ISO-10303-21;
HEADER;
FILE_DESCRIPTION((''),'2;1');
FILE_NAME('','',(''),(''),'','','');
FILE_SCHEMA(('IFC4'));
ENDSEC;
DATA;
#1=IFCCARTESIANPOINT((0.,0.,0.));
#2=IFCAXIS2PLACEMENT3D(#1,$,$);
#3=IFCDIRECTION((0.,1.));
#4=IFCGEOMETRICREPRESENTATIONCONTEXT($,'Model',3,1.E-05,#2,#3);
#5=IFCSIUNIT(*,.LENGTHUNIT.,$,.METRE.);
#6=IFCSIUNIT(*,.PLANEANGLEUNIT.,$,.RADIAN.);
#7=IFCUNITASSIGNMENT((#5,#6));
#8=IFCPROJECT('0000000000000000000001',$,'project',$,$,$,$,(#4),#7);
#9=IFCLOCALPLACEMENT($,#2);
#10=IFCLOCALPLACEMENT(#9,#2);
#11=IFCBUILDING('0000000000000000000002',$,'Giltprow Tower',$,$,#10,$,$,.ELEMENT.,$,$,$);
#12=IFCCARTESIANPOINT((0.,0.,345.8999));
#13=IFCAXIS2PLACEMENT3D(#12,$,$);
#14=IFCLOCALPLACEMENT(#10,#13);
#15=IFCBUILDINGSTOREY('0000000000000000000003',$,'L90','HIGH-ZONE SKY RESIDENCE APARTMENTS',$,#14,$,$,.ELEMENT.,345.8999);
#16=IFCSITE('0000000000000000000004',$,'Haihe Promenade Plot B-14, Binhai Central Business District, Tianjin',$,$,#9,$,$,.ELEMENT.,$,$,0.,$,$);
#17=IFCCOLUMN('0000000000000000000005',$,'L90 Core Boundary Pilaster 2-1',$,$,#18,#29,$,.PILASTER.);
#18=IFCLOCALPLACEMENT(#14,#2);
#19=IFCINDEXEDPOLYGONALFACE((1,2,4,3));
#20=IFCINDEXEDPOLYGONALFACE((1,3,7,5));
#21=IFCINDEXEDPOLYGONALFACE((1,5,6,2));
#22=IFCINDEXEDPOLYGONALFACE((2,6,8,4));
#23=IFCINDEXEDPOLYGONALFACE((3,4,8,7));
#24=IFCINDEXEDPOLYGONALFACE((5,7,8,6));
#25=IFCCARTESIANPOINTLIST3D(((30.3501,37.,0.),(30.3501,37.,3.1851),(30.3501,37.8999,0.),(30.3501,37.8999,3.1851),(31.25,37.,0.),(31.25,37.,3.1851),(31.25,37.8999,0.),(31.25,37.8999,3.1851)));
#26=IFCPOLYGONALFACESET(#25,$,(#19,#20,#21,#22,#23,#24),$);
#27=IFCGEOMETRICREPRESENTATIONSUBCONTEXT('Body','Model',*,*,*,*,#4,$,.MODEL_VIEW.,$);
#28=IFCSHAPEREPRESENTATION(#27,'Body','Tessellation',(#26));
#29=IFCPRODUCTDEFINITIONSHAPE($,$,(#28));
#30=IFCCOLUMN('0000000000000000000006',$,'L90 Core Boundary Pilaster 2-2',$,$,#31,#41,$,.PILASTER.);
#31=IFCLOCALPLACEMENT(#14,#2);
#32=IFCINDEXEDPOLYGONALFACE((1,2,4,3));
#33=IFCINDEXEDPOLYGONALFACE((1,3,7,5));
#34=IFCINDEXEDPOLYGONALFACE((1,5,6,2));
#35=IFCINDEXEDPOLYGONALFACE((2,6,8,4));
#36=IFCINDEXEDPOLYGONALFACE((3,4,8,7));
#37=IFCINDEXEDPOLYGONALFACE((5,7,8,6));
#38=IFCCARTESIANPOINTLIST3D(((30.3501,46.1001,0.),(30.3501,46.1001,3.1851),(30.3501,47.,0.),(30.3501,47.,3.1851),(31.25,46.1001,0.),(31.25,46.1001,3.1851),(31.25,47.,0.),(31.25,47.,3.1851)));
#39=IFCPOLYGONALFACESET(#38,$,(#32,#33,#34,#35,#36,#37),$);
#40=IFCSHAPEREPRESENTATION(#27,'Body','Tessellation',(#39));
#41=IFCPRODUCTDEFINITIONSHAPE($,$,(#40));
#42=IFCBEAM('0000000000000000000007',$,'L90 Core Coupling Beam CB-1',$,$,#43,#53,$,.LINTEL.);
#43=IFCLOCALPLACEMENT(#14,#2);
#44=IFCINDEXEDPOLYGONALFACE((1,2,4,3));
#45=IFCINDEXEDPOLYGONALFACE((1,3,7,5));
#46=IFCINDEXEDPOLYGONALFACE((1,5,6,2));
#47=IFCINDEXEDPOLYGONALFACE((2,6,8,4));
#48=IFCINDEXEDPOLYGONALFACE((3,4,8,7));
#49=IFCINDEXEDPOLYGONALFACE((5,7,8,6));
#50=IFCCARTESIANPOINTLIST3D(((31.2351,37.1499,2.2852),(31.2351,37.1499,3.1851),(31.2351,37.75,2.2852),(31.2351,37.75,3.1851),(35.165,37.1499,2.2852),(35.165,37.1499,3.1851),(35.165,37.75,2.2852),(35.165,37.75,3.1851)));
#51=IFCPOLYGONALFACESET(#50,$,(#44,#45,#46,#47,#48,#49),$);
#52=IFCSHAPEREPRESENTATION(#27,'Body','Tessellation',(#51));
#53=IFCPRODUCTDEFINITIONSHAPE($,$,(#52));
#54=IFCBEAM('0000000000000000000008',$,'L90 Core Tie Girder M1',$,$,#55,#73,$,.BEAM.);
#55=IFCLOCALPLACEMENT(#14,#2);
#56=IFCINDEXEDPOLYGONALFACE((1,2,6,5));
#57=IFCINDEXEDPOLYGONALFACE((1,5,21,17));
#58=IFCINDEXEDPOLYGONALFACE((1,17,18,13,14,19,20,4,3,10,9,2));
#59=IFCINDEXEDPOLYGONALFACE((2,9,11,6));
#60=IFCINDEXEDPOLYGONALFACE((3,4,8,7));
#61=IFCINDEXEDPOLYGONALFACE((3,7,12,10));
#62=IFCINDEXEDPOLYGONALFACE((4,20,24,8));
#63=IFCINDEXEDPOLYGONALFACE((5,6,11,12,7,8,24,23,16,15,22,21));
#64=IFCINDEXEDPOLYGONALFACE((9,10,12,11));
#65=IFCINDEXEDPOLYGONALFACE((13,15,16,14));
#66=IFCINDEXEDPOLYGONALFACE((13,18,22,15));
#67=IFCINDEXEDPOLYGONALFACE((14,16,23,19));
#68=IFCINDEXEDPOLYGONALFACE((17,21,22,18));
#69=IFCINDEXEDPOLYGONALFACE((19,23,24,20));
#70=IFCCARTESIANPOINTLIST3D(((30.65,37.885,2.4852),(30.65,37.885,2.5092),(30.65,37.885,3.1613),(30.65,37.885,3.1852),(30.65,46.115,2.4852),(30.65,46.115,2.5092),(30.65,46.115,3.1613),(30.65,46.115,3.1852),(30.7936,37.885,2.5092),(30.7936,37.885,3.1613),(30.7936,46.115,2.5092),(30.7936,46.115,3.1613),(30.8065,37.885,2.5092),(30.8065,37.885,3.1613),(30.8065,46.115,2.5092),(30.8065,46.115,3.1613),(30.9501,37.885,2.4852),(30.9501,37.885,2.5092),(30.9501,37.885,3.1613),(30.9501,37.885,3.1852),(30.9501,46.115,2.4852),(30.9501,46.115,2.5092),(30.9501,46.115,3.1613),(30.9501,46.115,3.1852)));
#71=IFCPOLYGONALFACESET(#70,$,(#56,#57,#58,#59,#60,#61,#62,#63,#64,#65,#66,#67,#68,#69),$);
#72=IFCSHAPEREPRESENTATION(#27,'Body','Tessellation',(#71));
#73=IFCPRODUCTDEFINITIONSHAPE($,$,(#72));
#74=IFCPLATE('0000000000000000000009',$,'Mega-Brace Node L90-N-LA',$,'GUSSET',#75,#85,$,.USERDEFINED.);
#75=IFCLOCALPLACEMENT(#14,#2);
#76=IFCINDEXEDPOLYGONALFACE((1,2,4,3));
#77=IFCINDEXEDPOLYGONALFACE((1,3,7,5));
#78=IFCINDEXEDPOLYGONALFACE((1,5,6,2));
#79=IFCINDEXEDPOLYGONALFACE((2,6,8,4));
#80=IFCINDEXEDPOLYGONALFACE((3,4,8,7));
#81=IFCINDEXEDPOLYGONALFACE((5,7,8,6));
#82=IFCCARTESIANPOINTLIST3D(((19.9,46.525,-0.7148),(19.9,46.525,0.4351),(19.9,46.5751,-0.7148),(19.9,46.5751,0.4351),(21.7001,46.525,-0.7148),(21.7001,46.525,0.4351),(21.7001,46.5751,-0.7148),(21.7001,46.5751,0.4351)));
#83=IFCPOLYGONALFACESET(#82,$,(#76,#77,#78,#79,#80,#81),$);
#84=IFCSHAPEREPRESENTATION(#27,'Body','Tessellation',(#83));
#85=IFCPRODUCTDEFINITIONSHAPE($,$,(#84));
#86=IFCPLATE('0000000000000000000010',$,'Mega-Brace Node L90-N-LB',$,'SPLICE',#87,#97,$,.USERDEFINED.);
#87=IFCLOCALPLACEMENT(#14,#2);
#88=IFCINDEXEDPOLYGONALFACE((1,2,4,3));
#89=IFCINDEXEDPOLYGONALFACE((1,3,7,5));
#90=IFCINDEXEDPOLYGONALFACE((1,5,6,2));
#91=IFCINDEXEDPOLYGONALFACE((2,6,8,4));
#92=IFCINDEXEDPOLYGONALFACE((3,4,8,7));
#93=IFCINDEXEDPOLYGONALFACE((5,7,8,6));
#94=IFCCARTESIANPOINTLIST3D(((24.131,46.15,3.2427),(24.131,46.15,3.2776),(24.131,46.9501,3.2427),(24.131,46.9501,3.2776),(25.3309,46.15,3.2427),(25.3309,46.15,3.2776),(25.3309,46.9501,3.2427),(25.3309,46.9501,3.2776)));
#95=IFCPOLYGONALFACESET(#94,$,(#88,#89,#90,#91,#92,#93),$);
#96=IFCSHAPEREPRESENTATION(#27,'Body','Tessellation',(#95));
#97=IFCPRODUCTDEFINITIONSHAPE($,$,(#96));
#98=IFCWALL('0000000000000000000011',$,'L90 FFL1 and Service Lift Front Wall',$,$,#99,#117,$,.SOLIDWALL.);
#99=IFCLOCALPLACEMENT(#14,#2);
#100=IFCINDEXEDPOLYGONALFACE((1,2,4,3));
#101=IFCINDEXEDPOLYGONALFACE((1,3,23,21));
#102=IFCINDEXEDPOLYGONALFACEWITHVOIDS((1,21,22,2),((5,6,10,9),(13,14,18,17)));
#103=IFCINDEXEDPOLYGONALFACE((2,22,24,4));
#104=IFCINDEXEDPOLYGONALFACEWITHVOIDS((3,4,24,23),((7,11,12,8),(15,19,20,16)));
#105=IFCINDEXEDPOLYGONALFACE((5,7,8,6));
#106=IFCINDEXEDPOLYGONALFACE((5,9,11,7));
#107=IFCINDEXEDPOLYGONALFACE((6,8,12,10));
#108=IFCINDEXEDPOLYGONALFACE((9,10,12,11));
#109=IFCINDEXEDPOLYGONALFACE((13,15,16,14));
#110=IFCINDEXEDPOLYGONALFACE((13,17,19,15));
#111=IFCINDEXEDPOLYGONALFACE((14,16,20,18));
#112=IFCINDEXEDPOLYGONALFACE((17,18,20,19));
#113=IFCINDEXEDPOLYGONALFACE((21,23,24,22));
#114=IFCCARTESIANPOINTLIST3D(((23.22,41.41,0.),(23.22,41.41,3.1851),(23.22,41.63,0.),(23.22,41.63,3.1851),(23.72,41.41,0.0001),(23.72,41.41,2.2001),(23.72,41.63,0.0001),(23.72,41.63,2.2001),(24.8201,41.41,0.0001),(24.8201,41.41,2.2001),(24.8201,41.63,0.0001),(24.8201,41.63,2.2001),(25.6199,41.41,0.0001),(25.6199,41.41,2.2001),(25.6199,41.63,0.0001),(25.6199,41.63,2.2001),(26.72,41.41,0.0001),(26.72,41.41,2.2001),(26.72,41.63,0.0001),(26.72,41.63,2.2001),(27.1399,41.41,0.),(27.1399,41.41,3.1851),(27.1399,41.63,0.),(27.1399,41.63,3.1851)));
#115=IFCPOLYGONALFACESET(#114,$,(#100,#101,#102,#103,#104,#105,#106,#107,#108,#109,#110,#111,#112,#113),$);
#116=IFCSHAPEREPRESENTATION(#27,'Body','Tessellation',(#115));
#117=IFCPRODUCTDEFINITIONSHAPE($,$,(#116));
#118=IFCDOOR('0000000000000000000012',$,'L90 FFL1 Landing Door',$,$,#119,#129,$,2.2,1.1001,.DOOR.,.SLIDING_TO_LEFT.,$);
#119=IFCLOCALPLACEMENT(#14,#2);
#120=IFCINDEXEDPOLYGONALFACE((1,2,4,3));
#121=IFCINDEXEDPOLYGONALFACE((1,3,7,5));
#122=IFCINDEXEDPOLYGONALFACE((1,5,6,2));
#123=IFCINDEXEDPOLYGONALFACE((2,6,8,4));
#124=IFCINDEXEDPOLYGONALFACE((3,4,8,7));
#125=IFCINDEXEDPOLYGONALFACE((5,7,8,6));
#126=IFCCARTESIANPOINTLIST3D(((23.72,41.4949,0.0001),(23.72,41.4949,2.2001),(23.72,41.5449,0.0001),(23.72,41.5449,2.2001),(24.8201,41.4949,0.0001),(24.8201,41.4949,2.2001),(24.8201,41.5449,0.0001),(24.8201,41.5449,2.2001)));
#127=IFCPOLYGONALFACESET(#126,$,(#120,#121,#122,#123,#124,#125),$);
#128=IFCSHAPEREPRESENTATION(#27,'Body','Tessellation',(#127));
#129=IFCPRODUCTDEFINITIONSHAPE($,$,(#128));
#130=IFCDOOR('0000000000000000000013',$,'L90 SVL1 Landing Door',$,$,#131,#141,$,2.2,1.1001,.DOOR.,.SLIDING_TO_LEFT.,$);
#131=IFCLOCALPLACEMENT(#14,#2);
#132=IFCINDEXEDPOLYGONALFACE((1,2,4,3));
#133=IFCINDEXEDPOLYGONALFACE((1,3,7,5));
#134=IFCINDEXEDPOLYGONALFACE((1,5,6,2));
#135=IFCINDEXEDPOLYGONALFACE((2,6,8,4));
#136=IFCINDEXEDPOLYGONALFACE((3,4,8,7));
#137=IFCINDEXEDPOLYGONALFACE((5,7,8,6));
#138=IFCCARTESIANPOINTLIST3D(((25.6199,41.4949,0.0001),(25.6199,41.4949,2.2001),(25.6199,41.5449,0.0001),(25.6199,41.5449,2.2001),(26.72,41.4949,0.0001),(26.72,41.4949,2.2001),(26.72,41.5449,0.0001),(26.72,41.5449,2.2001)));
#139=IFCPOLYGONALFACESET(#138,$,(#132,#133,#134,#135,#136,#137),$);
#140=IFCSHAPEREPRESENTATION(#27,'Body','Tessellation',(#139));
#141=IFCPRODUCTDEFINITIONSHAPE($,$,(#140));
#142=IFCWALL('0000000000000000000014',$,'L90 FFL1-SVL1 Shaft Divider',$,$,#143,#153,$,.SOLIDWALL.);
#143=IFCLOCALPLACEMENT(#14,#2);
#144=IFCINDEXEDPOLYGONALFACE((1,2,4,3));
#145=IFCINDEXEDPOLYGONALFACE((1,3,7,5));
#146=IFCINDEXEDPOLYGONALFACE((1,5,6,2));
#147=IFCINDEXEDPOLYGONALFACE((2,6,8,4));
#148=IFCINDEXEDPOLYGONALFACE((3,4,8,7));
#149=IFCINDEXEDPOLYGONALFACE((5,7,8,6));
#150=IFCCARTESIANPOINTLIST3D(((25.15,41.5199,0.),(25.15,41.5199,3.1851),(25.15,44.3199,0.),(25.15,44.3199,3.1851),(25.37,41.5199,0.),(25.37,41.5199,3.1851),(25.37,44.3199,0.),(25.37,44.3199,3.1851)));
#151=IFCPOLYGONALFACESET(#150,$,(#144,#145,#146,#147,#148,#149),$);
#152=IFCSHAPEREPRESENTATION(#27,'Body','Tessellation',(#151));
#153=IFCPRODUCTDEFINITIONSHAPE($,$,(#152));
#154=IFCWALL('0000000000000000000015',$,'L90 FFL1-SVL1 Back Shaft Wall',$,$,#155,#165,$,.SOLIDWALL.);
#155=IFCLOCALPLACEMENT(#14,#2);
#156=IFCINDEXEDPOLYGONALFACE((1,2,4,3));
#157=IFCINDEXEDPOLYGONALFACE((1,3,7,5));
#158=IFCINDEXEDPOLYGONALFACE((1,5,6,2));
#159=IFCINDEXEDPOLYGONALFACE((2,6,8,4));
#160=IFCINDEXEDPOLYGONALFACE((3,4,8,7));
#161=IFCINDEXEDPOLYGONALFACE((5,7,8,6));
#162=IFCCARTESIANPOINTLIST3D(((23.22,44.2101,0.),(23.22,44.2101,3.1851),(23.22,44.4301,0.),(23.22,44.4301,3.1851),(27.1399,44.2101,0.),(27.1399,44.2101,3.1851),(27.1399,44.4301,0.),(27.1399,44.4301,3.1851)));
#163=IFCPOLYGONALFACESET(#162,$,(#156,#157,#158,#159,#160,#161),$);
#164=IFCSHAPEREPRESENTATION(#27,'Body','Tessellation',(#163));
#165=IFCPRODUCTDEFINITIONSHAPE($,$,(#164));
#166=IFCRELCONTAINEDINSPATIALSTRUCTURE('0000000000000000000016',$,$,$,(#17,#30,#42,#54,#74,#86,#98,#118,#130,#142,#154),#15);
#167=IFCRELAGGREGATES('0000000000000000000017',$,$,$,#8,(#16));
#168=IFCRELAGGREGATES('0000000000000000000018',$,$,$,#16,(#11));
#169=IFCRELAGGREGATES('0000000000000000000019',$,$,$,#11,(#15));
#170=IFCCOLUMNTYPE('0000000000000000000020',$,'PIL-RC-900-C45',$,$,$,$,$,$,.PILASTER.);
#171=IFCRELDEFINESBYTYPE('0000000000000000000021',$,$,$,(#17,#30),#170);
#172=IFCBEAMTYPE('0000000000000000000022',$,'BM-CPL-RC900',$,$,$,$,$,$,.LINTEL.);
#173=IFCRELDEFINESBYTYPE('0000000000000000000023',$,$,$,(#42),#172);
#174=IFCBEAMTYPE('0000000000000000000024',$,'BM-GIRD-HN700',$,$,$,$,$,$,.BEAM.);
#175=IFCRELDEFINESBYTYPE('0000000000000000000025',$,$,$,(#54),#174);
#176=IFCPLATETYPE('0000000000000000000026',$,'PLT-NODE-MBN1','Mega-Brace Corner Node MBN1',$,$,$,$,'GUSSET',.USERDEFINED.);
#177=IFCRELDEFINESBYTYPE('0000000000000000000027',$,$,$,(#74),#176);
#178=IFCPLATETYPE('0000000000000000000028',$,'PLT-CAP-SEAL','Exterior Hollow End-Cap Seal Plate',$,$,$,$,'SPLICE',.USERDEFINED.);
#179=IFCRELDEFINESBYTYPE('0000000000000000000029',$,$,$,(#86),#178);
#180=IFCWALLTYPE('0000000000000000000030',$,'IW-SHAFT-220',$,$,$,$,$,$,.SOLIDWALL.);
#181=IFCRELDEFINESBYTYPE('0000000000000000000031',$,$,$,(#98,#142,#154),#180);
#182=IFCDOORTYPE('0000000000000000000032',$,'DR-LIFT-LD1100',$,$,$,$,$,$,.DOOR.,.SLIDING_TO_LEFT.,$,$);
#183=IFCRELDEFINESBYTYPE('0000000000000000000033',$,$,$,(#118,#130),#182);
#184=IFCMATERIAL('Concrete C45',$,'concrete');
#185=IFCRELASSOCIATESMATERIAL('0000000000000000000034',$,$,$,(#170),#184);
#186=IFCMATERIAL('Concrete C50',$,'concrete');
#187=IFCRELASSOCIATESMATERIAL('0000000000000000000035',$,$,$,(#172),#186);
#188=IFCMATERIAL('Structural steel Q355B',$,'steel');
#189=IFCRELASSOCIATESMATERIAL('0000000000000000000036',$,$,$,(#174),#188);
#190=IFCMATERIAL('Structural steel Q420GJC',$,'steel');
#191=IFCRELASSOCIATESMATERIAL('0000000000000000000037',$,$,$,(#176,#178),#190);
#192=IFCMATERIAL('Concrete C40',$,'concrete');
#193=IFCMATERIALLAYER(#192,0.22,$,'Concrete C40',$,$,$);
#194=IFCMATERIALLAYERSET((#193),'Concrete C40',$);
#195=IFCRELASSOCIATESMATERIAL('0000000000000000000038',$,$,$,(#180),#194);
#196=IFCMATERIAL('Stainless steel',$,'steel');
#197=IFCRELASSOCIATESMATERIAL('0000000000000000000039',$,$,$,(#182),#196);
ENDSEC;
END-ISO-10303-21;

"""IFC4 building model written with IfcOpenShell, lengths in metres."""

from ifc_helpers import new_model, si_unit, direction, frame, frame_2d, origin, origin_2d, place, context, subcontext, project, spatial, rectangle, i_section, extrude, source, transform, mapped, material, layer, layer_set, material_profile, profile_set, type_object, element, fill, save


model = new_model("IFC4")

# Units and contexts
model_context = context("Model", 3, precision=1e-05, world=origin(), true_north=direction((0.0, 1.0)))
body_context = subcontext(model_context, "Body", "Model", "MODEL_VIEW")
ifc_project = project(units=[si_unit("LENGTHUNIT", "METRE"), si_unit("PLANEANGLEUNIT", "RADIAN")], contexts=[model_context])

# Site, building, storey
site_placement = place(None, origin())
site = spatial("IfcSite", under=ifc_project, at=site_placement, Name="Haihe Promenade Plot B-14, Binhai Central Business District, Tianjin", CompositionType="ELEMENT", RefElevation=0.0)
building_placement = place(site_placement, origin())
building = spatial("IfcBuilding", under=site, at=building_placement, Name="Giltprow Tower", CompositionType="ELEMENT")
storey_placement = place(building_placement, frame((0.0, 0.0, 345.8999)))
storey = spatial("IfcBuildingStorey", under=building, at=storey_placement, Name="L90", Description="HIGH-ZONE SKY RESIDENCE APARTMENTS", CompositionType="ELEMENT", Elevation=345.8999)

# Columns
ifc_material_1 = material(Name="Concrete C45", Category="concrete")
ifc_material_profile_1 = material_profile(ifc_material_1, rectangle(XDim=0.8999, YDim=0.8999, at=origin_2d()), Name="RC 900x900")
ifc_profile_set_1 = profile_set([ifc_material_profile_1], Name="Concrete C45")
column_type = type_object("IfcColumnType", Name="PIL-RC-900-C45", PredefinedType="PILASTER", material=ifc_profile_set_1)
shared_shape_1 = source(origin(), body_context, "Body", "SweptSolid", [
    extrude(rectangle(XDim=0.8999, YDim=0.8999, at=origin_2d()), origin(), (0.0, 0.0, 1.0), 3.1851),
])
for number, where, z_axis, x_axis, name in (
    (1, (30.8, 37.45, 0.0), (0.0, 0.0, 1.0), (1.0, 0.0, 0.0), "L90 Core Boundary Pilaster 2-1"),
    (2, (30.8, 46.55, 0.0), (0.0, 0.0, 1.0), (1.0, 0.0, 0.0), "L90 Core Boundary Pilaster 2-2"),
):
    element("IfcColumn", number, at=place(storey_placement, frame(where, z_axis=z_axis, x_axis=x_axis)), inside=storey, type_object=column_type, Name=name, PredefinedType="PILASTER", context=body_context, shape_type="MappedRepresentation", body=[
        mapped(shared_shape_1, transform((0.0, 0.0, 0.0), x_axis=(1.0, 0.0, 0.0), y_axis=(0.0, 1.0, 0.0), z_axis=(0.0, 0.0, 1.0), scale=1.0)),
    ])

# Beams
ifc_material_2 = material(Name="Concrete C50", Category="concrete")
ifc_material_profile_2 = material_profile(ifc_material_2, rectangle(XDim=0.6001, YDim=0.8999, at=origin_2d()), Name="RC 900x600")
ifc_profile_set_2 = profile_set([ifc_material_profile_2], Name="Concrete C50")
beam_type_1 = type_object("IfcBeamType", Name="BM-CPL-RC900", PredefinedType="LINTEL", material=ifc_profile_set_2)
shared_shape_2 = source(origin(), body_context, "Body", "SweptSolid", [
    extrude(rectangle(XDim=0.6001, YDim=0.8999, at=origin_2d()), origin(), (0.0, 0.0, 1.0), 3.9299),
])
beam_1_placement = place(storey_placement, frame((31.2351, 37.45, 2.7351), z_axis=(1.0, 0.0, 0.0), x_axis=(0.0, 1.0, 0.0)))
element("IfcBeam", 3, at=beam_1_placement, inside=storey, type_object=beam_type_1, Name="L90 Core Coupling Beam CB-1", PredefinedType="LINTEL", context=body_context, shape_type="MappedRepresentation", body=[
    mapped(shared_shape_2, transform((0.0, 0.0, 0.0), x_axis=(1.0, 0.0, 0.0), y_axis=(0.0, 1.0, 0.0), z_axis=(0.0, 0.0, 1.0), scale=1.0)),
])
ifc_material_3 = material(Name="Structural steel Q355B", Category="steel")
ifc_material_profile_3 = material_profile(ifc_material_3, i_section(OverallWidth=0.3, OverallDepth=0.7, WebThickness=0.0129, FlangeThickness=0.0239, at=origin_2d()), Name="HN 700x300x13x24")
ifc_profile_set_3 = profile_set([ifc_material_profile_3], Name="Structural steel Q355B")
beam_type_2 = type_object("IfcBeamType", Name="BM-GIRD-HN700", PredefinedType="BEAM", material=ifc_profile_set_3)
shared_shape_3 = source(origin(), body_context, "Body", "SweptSolid", [
    extrude(i_section(OverallWidth=0.3, OverallDepth=0.7, WebThickness=0.0129, FlangeThickness=0.0239, at=origin_2d()), origin(), (0.0, 0.0, 1.0), 8.23),
])
beam_2_placement = place(storey_placement, frame((30.8, 37.885, 2.8352), z_axis=(0.0, 1.0, 0.0), x_axis=(-1.0, 0.0, 0.0)))
element("IfcBeam", 4, at=beam_2_placement, inside=storey, type_object=beam_type_2, Name="L90 Core Tie Girder M1", PredefinedType="BEAM", context=body_context, shape_type="MappedRepresentation", body=[
    mapped(shared_shape_3, transform((0.0, 0.0, 0.0), x_axis=(1.0, 0.0, 0.0), y_axis=(0.0, 1.0, 0.0), z_axis=(0.0, 0.0, 1.0), scale=1.0)),
])

# Plates
ifc_material_4 = material(Name="Structural steel Q420GJC", Category="steel")
plate_type_1 = type_object("IfcPlateType", Name="PLT-NODE-MBN1", Description="Mega-Brace Corner Node MBN1", ElementType="GUSSET", PredefinedType="USERDEFINED", material=ifc_material_4)
shared_shape_4 = source(origin(), body_context, "Body", "SweptSolid", [
    extrude(rectangle(XDim=1.8, YDim=0.05, at=origin_2d()), origin(), (0.0, 0.0, 1.0), 1.1499),
])
plate_1_placement = place(storey_placement, frame((20.8, 46.55, -0.7148), z_axis=(0.0, 0.0, 1.0), x_axis=(1.0, 0.0, 0.0)))
element("IfcPlate", 5, at=plate_1_placement, inside=storey, type_object=plate_type_1, Name="Mega-Brace Node L90-N-LA", ObjectType="GUSSET", PredefinedType="USERDEFINED", context=body_context, shape_type="MappedRepresentation", body=[
    mapped(shared_shape_4, transform((0.0, 0.0, 0.0), x_axis=(1.0, 0.0, 0.0), y_axis=(0.0, 1.0, 0.0), z_axis=(0.0, 0.0, 1.0), scale=1.0)),
])
plate_type_2 = type_object("IfcPlateType", Name="PLT-CAP-SEAL", Description="Exterior Hollow End-Cap Seal Plate", ElementType="SPLICE", PredefinedType="USERDEFINED", material=ifc_material_4)
shared_shape_5 = source(origin(), body_context, "Body", "SweptSolid", [
    extrude(rectangle(XDim=1.2, YDim=0.8, at=origin_2d()), origin(), (0.0, 0.0, 1.0), 0.0349),
])
plate_2_placement = place(storey_placement, frame((24.731, 46.55, 3.2427), z_axis=(0.0, 0.0, 1.0), x_axis=(1.0, 0.0, 0.0)))
element("IfcPlate", 6, at=plate_2_placement, inside=storey, type_object=plate_type_2, Name="Mega-Brace Node L90-N-LB", ObjectType="SPLICE", PredefinedType="USERDEFINED", context=body_context, shape_type="MappedRepresentation", body=[
    mapped(shared_shape_5, transform((0.0, 0.0, 0.0), x_axis=(1.0, 0.0, 0.0), y_axis=(0.0, 1.0, 0.0), z_axis=(0.0, 0.0, 1.0), scale=1.0)),
])

# Wall, openings, doors
ifc_material_5 = material(Name="Concrete C40", Category="concrete")
ifc_layer_1 = layer(ifc_material_5, 0.22, Name="Concrete C40")
ifc_layer_set_1 = layer_set([ifc_layer_1], Name="Concrete C40")
wall_type_1 = type_object("IfcWallType", Name="IW-SHAFT-220", PredefinedType="SOLIDWALL", material=ifc_layer_set_1)
wall_1_placement = place(storey_placement, frame((23.22, 41.52, 0.0), z_axis=(0.0, 0.0, 1.0), x_axis=(1.0, 0.0, 0.0)))
wall_1 = element("IfcWall", 7, at=wall_1_placement, inside=storey, type_object=wall_type_1, Name="L90 FFL1 and Service Lift Front Wall", PredefinedType="SOLIDWALL", context=body_context, shape_type="SweptSolid", body=[
    extrude(rectangle(XDim=3.9199, YDim=0.22, at=frame_2d((1.96, 0.0))), origin(), (0.0, 0.0, 1.0), 3.1851),
])
opening_1_placement = place(wall_1_placement, frame((0.5, 0.0, 0.0)))
opening_1 = element("IfcOpeningElement", 8, at=opening_1_placement, cuts=wall_1, PredefinedType="OPENING", context=body_context, shape_type="SweptSolid", body=[
    extrude(rectangle(XDim=1.1001, YDim=2.2, at=frame_2d((0.55, 1.1001))), frame((0.0, 0.1199, 0.0), z_axis=(0.0, -1.0, 0.0), x_axis=(1.0, 0.0, 0.0)), (0.0, 0.0, 1.0), 0.24),
])
opening_2_placement = place(wall_1_placement, frame((2.3999, 0.0, 0.0)))
opening_2 = element("IfcOpeningElement", 9, at=opening_2_placement, cuts=wall_1, PredefinedType="OPENING", context=body_context, shape_type="SweptSolid", body=[
    extrude(rectangle(XDim=1.1001, YDim=2.2, at=frame_2d((0.55, 1.1001))), frame((0.0, 0.1199, 0.0), z_axis=(0.0, -1.0, 0.0), x_axis=(1.0, 0.0, 0.0)), (0.0, 0.0, 1.0), 0.24),
])
ifc_material_6 = material(Name="Stainless steel", Category="steel")
door_type_1 = type_object("IfcDoorType", Name="DR-LIFT-LD1100", OperationType="SLIDING_TO_LEFT", PredefinedType="DOOR", material=ifc_material_6)
shared_shape_6 = source(origin(), body_context, "Body", "SweptSolid", [
    extrude(rectangle(XDim=1.1001, YDim=2.2, at=frame_2d((0.55, 1.1001))), frame((0.0, 0.0249, 0.0), z_axis=(0.0, -1.0, 0.0), x_axis=(1.0, 0.0, 0.0)), (0.0, 0.0, 1.0), 0.05),
])
door_1_placement = place(opening_1_placement, origin())
door_1 = element("IfcDoor", 10, at=door_1_placement, inside=storey, type_object=door_type_1, Name="L90 FFL1 Landing Door", OperationType="SLIDING_TO_LEFT", OverallHeight=2.2, OverallWidth=1.1001, PredefinedType="DOOR", context=body_context, shape_type="MappedRepresentation", body=[
    mapped(shared_shape_6, transform((0.0, 0.0, 0.0), x_axis=(1.0, 0.0, 0.0), y_axis=(0.0, 1.0, 0.0), z_axis=(0.0, 0.0, 1.0), scale=1.0)),
])
fill(opening_1, door_1)
door_2_placement = place(opening_2_placement, origin())
door_2 = element("IfcDoor", 11, at=door_2_placement, inside=storey, type_object=door_type_1, Name="L90 SVL1 Landing Door", OperationType="SLIDING_TO_LEFT", OverallHeight=2.2, OverallWidth=1.1001, PredefinedType="DOOR", context=body_context, shape_type="MappedRepresentation", body=[
    mapped(shared_shape_6, transform((0.0, 0.0, 0.0), x_axis=(1.0, 0.0, 0.0), y_axis=(0.0, 1.0, 0.0), z_axis=(0.0, 0.0, 1.0), scale=1.0)),
])
fill(opening_2, door_2)

# Walls
wall_2_placement = place(storey_placement, frame((25.26, 41.52, 0.0), z_axis=(0.0, 0.0, 1.0), x_axis=(0.0, 1.0, 0.0)))
element("IfcWall", 12, at=wall_2_placement, inside=storey, type_object=wall_type_1, Name="L90 FFL1-SVL1 Shaft Divider", PredefinedType="SOLIDWALL", context=body_context, shape_type="SweptSolid", body=[
    extrude(rectangle(XDim=2.8, YDim=0.22, at=frame_2d((1.3999, 0.0))), origin(), (0.0, 0.0, 1.0), 3.1851),
])
wall_3_placement = place(storey_placement, frame((23.22, 44.3201, 0.0), z_axis=(0.0, 0.0, 1.0), x_axis=(1.0, 0.0, 0.0)))
element("IfcWall", 13, at=wall_3_placement, inside=storey, type_object=wall_type_1, Name="L90 FFL1-SVL1 Back Shaft Wall", PredefinedType="SOLIDWALL", context=body_context, shape_type="SweptSolid", body=[
    extrude(rectangle(XDim=3.9199, YDim=0.22, at=frame_2d((1.96, 0.0))), origin(), (0.0, 0.0, 1.0), 3.1851),
])

save(model, "model.ifc")
